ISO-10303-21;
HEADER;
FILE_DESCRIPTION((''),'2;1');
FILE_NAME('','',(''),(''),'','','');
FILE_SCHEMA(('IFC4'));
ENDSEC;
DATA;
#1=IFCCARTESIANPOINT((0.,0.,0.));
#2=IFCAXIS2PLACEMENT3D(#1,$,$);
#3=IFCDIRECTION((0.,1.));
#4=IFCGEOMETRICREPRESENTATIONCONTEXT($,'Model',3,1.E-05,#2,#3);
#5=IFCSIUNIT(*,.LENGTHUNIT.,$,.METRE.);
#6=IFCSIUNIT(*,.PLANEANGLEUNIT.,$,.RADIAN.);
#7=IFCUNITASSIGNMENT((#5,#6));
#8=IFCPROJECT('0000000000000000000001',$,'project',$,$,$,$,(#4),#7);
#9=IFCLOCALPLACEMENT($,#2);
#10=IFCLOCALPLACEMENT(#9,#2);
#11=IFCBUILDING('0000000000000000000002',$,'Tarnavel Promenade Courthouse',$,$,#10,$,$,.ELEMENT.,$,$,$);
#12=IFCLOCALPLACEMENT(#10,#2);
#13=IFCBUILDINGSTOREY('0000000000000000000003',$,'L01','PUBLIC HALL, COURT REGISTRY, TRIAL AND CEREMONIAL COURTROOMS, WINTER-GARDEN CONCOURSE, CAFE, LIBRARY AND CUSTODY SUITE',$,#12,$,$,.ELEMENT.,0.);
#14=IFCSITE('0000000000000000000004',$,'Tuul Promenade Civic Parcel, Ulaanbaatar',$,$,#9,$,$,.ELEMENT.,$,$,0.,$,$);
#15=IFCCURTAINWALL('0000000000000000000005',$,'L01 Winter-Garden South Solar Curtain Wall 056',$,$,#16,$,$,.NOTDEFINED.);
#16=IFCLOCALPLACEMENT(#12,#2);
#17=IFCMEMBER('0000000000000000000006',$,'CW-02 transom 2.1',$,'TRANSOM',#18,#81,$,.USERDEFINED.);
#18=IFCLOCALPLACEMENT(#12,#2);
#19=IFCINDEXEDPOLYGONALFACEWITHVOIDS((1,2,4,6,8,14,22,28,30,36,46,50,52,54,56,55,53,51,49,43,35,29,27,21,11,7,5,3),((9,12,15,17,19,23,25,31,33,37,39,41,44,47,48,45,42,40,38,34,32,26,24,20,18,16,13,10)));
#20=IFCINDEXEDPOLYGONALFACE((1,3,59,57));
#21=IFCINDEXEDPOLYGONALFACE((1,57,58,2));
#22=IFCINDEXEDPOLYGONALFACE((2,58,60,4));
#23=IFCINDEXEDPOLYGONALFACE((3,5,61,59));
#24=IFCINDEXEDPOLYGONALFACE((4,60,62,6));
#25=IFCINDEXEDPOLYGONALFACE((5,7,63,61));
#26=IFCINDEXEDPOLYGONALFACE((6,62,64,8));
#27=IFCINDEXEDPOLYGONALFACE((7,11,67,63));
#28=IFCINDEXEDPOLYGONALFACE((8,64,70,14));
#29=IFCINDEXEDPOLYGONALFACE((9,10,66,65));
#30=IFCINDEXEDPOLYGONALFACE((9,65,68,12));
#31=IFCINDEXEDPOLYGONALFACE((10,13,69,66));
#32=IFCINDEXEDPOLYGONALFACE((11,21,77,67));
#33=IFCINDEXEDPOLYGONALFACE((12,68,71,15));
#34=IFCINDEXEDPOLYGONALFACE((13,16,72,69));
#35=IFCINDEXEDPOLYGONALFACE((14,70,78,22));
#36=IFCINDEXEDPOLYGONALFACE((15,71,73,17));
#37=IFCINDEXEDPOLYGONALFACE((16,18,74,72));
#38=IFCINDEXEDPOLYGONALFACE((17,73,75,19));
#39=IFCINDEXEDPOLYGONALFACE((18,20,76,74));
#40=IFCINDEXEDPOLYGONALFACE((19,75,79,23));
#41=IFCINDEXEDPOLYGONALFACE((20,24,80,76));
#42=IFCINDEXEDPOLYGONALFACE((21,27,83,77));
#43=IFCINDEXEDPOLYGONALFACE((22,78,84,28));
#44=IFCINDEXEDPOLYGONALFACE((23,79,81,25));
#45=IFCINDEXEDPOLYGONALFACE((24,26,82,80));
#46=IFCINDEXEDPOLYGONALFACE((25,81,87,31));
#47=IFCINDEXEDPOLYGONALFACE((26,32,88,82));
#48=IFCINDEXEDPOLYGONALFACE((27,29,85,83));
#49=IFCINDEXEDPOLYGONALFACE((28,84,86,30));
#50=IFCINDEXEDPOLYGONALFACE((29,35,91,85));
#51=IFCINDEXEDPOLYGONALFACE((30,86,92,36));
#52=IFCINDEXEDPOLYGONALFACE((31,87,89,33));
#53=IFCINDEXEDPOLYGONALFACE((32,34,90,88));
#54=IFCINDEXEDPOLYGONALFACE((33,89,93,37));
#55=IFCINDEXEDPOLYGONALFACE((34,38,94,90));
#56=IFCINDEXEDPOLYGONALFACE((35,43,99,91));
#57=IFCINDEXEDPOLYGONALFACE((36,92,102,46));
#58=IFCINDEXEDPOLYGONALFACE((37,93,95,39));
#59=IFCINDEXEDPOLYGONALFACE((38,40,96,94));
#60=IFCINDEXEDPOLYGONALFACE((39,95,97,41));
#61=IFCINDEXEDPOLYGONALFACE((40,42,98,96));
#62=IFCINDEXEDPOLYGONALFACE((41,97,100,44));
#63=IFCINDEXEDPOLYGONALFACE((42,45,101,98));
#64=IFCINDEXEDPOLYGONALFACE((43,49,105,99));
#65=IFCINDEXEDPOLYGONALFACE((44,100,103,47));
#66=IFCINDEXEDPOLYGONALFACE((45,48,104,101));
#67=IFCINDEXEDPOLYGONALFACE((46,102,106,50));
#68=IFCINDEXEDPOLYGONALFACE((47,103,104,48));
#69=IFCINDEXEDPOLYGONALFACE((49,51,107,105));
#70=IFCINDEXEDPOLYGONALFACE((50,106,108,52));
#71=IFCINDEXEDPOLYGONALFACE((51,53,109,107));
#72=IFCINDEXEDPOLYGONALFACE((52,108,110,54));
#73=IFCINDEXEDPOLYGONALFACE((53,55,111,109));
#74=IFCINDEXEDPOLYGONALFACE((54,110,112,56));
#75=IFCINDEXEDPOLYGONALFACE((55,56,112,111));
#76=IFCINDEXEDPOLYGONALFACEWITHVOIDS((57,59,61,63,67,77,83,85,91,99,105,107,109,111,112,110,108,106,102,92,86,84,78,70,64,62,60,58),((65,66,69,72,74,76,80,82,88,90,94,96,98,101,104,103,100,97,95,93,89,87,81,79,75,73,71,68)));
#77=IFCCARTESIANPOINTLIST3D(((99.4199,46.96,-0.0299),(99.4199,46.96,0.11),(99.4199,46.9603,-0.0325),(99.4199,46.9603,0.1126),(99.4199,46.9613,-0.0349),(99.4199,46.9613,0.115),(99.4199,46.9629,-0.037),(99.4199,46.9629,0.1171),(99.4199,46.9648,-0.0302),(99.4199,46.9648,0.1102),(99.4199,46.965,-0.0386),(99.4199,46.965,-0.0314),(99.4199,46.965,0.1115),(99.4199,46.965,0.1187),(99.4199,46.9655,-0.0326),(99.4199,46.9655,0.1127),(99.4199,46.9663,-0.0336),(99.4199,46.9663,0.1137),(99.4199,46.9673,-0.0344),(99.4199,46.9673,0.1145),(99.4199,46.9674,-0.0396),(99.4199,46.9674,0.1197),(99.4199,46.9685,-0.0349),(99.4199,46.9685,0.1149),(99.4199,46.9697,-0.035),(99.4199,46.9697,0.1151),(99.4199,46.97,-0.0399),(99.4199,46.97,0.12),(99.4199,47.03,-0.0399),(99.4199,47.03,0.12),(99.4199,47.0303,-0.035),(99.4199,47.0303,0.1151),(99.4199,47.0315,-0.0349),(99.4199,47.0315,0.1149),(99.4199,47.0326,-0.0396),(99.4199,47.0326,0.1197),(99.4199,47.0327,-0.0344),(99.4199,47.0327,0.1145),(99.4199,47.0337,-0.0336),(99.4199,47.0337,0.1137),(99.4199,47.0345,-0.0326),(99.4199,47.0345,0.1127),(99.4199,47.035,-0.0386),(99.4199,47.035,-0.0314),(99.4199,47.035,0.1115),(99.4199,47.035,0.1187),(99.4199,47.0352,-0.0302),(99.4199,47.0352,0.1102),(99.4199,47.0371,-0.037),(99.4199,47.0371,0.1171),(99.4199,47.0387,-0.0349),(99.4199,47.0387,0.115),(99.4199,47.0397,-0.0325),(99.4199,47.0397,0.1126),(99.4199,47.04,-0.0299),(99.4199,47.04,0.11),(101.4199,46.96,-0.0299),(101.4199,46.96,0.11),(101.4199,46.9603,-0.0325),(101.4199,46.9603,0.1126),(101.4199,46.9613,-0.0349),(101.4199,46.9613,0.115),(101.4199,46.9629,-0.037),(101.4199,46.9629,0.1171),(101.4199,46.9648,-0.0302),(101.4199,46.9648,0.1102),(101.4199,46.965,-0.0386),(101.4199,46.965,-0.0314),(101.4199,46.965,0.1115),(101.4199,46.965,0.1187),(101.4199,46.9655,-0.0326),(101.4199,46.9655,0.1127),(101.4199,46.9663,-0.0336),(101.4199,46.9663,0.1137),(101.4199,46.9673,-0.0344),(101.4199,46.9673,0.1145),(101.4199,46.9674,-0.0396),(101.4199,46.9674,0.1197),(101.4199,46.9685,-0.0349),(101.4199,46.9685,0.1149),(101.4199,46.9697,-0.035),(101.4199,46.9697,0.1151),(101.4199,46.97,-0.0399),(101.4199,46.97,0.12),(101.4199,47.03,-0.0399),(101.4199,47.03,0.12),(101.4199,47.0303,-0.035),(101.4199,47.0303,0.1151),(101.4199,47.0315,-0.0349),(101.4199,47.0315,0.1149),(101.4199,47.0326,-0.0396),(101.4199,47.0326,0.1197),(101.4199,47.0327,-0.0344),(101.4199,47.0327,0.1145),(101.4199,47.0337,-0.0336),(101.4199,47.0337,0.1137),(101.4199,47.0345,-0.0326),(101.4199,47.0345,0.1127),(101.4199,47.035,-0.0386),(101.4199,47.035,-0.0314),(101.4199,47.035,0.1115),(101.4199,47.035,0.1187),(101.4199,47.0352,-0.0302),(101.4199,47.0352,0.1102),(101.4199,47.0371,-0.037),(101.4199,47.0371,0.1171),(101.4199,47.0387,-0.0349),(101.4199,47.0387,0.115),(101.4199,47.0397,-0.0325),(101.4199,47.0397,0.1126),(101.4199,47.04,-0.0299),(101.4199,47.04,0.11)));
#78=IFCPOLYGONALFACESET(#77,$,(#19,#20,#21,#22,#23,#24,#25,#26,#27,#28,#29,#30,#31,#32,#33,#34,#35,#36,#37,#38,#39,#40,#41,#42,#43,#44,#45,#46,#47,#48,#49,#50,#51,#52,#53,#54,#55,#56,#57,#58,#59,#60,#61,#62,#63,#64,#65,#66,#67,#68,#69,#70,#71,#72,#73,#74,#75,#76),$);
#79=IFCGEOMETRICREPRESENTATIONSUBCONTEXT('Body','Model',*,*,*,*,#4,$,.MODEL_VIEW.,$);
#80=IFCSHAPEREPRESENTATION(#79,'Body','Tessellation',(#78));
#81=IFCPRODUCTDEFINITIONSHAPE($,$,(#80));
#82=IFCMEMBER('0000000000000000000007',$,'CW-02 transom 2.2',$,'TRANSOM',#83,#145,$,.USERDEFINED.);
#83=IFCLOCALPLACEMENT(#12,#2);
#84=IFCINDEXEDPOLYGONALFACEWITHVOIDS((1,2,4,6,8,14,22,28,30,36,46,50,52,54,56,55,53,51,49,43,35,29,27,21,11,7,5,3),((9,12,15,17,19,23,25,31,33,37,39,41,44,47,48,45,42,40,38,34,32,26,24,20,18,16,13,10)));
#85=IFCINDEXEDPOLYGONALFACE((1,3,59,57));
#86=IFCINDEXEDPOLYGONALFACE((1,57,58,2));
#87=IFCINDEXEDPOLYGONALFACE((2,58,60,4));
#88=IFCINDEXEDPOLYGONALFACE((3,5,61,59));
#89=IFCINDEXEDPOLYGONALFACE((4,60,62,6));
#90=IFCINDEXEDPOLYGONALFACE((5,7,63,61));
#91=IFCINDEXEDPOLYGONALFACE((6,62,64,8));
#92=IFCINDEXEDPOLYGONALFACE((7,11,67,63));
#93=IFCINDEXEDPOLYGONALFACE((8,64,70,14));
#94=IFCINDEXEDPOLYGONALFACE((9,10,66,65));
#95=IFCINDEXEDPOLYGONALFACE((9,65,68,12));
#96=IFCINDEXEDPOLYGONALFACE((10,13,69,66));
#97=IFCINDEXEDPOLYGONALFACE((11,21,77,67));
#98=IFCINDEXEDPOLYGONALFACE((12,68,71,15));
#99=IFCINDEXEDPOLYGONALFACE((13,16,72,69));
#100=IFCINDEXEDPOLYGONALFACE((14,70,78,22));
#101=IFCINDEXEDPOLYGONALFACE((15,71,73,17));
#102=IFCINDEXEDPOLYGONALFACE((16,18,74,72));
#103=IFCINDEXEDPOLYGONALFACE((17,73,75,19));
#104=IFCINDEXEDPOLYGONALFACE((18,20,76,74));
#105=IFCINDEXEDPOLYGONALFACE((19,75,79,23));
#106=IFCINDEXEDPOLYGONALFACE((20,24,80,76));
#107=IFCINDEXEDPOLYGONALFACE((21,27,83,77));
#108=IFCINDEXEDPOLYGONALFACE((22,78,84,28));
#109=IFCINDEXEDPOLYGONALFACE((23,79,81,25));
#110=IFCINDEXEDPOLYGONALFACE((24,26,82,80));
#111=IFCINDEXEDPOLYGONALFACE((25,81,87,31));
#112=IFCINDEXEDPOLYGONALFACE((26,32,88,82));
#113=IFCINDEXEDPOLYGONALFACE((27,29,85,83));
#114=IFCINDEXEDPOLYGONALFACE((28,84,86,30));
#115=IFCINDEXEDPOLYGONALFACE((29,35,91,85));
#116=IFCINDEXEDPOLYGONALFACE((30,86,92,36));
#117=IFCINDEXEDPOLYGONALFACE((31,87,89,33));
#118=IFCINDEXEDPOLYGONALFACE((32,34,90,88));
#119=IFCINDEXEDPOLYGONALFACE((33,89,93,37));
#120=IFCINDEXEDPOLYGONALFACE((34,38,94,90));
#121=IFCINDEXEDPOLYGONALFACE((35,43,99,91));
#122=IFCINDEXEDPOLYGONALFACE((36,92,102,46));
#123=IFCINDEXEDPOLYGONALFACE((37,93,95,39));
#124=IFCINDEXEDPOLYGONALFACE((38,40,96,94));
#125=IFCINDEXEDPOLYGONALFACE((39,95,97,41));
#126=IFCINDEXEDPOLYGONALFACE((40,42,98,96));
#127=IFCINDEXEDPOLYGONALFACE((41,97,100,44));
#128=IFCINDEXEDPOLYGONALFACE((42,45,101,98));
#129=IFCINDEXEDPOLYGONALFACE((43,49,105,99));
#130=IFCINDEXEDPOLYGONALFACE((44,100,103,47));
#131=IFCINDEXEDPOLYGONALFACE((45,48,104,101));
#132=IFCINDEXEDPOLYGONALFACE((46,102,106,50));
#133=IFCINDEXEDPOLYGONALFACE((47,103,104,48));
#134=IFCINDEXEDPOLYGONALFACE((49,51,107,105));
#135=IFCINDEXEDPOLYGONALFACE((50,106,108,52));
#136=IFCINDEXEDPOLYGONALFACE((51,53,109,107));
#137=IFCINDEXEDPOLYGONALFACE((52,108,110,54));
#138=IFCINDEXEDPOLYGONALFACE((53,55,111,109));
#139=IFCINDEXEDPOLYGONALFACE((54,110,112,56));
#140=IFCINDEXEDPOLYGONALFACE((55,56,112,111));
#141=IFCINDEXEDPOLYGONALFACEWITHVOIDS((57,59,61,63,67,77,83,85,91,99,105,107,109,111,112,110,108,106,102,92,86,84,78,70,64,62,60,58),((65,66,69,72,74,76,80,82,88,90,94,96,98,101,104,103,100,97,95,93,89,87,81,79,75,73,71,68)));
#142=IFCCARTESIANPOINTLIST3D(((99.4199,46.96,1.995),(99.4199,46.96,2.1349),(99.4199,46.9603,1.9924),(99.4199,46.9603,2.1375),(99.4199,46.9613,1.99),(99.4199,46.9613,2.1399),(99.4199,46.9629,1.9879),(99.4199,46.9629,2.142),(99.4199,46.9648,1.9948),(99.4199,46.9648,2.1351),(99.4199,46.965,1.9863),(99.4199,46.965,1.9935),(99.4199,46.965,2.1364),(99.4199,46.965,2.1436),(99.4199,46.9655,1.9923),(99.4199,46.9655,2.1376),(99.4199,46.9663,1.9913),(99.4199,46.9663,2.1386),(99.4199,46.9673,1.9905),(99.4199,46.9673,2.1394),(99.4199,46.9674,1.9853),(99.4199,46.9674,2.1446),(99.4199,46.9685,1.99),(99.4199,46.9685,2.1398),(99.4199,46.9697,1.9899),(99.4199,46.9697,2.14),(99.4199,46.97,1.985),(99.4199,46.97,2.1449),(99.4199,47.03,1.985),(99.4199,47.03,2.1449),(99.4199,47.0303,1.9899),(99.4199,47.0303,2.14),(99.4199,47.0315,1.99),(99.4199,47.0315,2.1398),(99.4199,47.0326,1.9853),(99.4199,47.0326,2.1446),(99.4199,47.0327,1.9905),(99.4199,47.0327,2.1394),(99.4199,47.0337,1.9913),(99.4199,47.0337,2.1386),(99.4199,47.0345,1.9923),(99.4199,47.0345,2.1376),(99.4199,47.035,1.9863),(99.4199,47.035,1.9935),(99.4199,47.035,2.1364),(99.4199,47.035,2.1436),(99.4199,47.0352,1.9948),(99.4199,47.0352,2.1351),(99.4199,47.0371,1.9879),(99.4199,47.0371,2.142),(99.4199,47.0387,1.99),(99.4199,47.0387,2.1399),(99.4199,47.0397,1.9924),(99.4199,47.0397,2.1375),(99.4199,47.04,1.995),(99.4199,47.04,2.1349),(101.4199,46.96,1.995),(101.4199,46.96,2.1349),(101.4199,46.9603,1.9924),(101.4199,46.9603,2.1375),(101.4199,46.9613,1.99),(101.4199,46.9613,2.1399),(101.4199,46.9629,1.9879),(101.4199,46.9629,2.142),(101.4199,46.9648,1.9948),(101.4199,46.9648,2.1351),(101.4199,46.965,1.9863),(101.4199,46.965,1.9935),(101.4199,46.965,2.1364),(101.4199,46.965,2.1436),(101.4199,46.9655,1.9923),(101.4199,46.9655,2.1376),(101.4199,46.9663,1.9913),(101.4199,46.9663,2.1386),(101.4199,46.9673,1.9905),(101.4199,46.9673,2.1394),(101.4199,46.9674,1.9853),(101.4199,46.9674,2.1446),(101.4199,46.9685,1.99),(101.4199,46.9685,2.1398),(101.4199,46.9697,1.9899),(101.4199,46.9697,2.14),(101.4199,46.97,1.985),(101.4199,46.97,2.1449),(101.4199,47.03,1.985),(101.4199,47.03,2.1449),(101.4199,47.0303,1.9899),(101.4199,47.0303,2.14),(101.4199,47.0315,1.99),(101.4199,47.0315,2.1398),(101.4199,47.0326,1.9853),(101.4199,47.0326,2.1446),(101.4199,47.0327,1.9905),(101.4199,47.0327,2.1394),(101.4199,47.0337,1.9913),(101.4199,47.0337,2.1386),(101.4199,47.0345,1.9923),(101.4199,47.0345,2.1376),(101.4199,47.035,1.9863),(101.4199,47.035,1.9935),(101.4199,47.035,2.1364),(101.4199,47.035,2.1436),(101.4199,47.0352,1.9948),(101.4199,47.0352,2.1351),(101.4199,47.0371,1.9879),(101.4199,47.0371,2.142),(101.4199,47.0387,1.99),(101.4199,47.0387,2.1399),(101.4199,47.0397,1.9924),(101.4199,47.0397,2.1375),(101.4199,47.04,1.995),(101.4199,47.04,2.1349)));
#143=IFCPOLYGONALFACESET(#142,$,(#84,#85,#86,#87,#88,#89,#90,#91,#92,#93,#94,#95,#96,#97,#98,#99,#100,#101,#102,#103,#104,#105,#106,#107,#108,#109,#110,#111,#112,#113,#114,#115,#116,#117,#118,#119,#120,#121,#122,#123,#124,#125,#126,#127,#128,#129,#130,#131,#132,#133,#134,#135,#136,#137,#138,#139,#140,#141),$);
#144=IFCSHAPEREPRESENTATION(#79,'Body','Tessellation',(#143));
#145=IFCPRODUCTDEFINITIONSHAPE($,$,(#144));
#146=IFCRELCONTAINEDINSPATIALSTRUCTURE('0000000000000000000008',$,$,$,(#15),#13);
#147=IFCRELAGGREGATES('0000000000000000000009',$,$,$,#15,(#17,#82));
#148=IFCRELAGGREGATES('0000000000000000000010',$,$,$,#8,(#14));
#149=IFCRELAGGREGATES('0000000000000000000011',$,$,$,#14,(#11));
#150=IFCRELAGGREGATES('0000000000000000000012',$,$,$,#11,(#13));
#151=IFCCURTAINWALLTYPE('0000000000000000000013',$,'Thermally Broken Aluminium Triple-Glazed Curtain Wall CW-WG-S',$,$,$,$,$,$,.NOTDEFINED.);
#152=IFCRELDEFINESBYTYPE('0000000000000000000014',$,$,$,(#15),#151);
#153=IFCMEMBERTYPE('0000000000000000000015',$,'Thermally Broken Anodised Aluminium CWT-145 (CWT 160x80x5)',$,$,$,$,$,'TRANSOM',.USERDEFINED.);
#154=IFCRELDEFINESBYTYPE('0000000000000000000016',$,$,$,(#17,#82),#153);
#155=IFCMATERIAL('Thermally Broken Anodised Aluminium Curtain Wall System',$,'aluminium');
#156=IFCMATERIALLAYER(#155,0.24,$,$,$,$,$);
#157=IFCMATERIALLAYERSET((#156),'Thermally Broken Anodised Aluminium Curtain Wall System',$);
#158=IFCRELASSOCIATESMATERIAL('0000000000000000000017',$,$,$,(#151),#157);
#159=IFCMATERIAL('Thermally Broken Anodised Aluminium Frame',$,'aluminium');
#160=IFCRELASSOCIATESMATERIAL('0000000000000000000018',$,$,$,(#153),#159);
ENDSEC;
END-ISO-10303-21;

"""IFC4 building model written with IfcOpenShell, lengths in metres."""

from ifc_helpers import new_model, si_unit, direction, frame, origin, origin_2d, place, context, subcontext, project, spatial, hollow_rectangle, extrude, material, layer, layer_set, material_profile, profile_set, type_object, element, aggregate, save


model = new_model("IFC4")

# Units and contexts
model_context = context("Model", 3, precision=1e-05, world=origin(), true_north=direction((0.0, 1.0)))
body_context = subcontext(model_context, "Body", "Model", "MODEL_VIEW")
ifc_project = project(units=[si_unit("LENGTHUNIT", "METRE"), si_unit("PLANEANGLEUNIT", "RADIAN")], contexts=[model_context])

# Site, building, storey
site_placement = place(None, origin())
site = spatial("IfcSite", under=ifc_project, at=site_placement, Name="Tuul Promenade Civic Parcel, Ulaanbaatar", CompositionType="ELEMENT", RefElevation=0.0)
building_placement = place(site_placement, origin())
building = spatial("IfcBuilding", under=site, at=building_placement, Name="Tarnavel Promenade Courthouse", CompositionType="ELEMENT")
storey_placement = place(building_placement, origin())
storey = spatial("IfcBuildingStorey", under=building, at=storey_placement, Name="L01", Description="PUBLIC HALL, COURT REGISTRY, TRIAL AND CEREMONIAL COURTROOMS, WINTER-GARDEN CONCOURSE, CAFE, LIBRARY AND CUSTODY SUITE", CompositionType="ELEMENT", Elevation=0.0)

# Shared definitions
ifc_material_1 = material(Name="Thermally Broken Anodised Aluminium Curtain Wall System", Category="aluminium")
ifc_layer_1 = layer(ifc_material_1, 0.24)
ifc_layer_set_1 = layer_set([ifc_layer_1], Name="Thermally Broken Anodised Aluminium Curtain Wall System")
curtain_wall_type = type_object("IfcCurtainWallType", Name="Thermally Broken Aluminium Triple-Glazed Curtain Wall CW-WG-S", PredefinedType="NOTDEFINED", material=ifc_layer_set_1)
ifc_material_2 = material(Name="Thermally Broken Anodised Aluminium Frame", Category="aluminium")

# Curtain wall
curtain_wall_1_placement = place(storey_placement, origin())
curtain_wall_1 = element("IfcCurtainWall", 1, at=curtain_wall_1_placement, inside=storey, type_object=curtain_wall_type, Name="L01 Winter-Garden South Solar Curtain Wall 056", PredefinedType="NOTDEFINED")

# Members
ifc_material_profile_1 = material_profile(ifc_material_2, hollow_rectangle(XDim=0.0801, YDim=0.1599, WallThickness=0.0049, InnerFilletRadius=0.0049, OuterFilletRadius=0.01, at=origin_2d()), Name="CWT 160x80x5")
ifc_profile_set_1 = profile_set([ifc_material_profile_1], Name="Thermally Broken Anodised Aluminium Frame")
member_type_1 = type_object("IfcMemberType", Name="Thermally Broken Anodised Aluminium CWT-145 (CWT 160x80x5)", ElementType="TRANSOM", PredefinedType="USERDEFINED", material=ifc_profile_set_1)
member_1_placement = place(storey_placement, frame((99.4199, 47.0, 0.04), z_axis=(1.0, 0.0, 0.0), x_axis=(0.0, 1.0, 0.0)))
member_1 = element("IfcMember", 2, at=member_1_placement, type_object=member_type_1, Name="CW-02 transom 2.1", ObjectType="TRANSOM", PredefinedType="USERDEFINED", context=body_context, shape_type="SweptSolid", body=[
    extrude(hollow_rectangle(XDim=0.0801, YDim=0.1599, WallThickness=0.0049, InnerFilletRadius=0.0049, OuterFilletRadius=0.01, at=origin_2d()), origin(), (0.0, 0.0, 1.0), 2.0),
])
member_2_placement = place(storey_placement, frame((99.4199, 47.0, 2.0649), z_axis=(1.0, 0.0, 0.0), x_axis=(0.0, 1.0, 0.0)))
member_2 = element("IfcMember", 3, at=member_2_placement, type_object=member_type_1, Name="CW-02 transom 2.2", ObjectType="TRANSOM", PredefinedType="USERDEFINED", context=body_context, shape_type="SweptSolid", body=[
    extrude(hollow_rectangle(XDim=0.0801, YDim=0.1599, WallThickness=0.0049, InnerFilletRadius=0.0049, OuterFilletRadius=0.01, at=origin_2d()), origin(), (0.0, 0.0, 1.0), 2.0),
])

aggregate(curtain_wall_1, [member_1, member_2])

save(model, "model.ifc")
